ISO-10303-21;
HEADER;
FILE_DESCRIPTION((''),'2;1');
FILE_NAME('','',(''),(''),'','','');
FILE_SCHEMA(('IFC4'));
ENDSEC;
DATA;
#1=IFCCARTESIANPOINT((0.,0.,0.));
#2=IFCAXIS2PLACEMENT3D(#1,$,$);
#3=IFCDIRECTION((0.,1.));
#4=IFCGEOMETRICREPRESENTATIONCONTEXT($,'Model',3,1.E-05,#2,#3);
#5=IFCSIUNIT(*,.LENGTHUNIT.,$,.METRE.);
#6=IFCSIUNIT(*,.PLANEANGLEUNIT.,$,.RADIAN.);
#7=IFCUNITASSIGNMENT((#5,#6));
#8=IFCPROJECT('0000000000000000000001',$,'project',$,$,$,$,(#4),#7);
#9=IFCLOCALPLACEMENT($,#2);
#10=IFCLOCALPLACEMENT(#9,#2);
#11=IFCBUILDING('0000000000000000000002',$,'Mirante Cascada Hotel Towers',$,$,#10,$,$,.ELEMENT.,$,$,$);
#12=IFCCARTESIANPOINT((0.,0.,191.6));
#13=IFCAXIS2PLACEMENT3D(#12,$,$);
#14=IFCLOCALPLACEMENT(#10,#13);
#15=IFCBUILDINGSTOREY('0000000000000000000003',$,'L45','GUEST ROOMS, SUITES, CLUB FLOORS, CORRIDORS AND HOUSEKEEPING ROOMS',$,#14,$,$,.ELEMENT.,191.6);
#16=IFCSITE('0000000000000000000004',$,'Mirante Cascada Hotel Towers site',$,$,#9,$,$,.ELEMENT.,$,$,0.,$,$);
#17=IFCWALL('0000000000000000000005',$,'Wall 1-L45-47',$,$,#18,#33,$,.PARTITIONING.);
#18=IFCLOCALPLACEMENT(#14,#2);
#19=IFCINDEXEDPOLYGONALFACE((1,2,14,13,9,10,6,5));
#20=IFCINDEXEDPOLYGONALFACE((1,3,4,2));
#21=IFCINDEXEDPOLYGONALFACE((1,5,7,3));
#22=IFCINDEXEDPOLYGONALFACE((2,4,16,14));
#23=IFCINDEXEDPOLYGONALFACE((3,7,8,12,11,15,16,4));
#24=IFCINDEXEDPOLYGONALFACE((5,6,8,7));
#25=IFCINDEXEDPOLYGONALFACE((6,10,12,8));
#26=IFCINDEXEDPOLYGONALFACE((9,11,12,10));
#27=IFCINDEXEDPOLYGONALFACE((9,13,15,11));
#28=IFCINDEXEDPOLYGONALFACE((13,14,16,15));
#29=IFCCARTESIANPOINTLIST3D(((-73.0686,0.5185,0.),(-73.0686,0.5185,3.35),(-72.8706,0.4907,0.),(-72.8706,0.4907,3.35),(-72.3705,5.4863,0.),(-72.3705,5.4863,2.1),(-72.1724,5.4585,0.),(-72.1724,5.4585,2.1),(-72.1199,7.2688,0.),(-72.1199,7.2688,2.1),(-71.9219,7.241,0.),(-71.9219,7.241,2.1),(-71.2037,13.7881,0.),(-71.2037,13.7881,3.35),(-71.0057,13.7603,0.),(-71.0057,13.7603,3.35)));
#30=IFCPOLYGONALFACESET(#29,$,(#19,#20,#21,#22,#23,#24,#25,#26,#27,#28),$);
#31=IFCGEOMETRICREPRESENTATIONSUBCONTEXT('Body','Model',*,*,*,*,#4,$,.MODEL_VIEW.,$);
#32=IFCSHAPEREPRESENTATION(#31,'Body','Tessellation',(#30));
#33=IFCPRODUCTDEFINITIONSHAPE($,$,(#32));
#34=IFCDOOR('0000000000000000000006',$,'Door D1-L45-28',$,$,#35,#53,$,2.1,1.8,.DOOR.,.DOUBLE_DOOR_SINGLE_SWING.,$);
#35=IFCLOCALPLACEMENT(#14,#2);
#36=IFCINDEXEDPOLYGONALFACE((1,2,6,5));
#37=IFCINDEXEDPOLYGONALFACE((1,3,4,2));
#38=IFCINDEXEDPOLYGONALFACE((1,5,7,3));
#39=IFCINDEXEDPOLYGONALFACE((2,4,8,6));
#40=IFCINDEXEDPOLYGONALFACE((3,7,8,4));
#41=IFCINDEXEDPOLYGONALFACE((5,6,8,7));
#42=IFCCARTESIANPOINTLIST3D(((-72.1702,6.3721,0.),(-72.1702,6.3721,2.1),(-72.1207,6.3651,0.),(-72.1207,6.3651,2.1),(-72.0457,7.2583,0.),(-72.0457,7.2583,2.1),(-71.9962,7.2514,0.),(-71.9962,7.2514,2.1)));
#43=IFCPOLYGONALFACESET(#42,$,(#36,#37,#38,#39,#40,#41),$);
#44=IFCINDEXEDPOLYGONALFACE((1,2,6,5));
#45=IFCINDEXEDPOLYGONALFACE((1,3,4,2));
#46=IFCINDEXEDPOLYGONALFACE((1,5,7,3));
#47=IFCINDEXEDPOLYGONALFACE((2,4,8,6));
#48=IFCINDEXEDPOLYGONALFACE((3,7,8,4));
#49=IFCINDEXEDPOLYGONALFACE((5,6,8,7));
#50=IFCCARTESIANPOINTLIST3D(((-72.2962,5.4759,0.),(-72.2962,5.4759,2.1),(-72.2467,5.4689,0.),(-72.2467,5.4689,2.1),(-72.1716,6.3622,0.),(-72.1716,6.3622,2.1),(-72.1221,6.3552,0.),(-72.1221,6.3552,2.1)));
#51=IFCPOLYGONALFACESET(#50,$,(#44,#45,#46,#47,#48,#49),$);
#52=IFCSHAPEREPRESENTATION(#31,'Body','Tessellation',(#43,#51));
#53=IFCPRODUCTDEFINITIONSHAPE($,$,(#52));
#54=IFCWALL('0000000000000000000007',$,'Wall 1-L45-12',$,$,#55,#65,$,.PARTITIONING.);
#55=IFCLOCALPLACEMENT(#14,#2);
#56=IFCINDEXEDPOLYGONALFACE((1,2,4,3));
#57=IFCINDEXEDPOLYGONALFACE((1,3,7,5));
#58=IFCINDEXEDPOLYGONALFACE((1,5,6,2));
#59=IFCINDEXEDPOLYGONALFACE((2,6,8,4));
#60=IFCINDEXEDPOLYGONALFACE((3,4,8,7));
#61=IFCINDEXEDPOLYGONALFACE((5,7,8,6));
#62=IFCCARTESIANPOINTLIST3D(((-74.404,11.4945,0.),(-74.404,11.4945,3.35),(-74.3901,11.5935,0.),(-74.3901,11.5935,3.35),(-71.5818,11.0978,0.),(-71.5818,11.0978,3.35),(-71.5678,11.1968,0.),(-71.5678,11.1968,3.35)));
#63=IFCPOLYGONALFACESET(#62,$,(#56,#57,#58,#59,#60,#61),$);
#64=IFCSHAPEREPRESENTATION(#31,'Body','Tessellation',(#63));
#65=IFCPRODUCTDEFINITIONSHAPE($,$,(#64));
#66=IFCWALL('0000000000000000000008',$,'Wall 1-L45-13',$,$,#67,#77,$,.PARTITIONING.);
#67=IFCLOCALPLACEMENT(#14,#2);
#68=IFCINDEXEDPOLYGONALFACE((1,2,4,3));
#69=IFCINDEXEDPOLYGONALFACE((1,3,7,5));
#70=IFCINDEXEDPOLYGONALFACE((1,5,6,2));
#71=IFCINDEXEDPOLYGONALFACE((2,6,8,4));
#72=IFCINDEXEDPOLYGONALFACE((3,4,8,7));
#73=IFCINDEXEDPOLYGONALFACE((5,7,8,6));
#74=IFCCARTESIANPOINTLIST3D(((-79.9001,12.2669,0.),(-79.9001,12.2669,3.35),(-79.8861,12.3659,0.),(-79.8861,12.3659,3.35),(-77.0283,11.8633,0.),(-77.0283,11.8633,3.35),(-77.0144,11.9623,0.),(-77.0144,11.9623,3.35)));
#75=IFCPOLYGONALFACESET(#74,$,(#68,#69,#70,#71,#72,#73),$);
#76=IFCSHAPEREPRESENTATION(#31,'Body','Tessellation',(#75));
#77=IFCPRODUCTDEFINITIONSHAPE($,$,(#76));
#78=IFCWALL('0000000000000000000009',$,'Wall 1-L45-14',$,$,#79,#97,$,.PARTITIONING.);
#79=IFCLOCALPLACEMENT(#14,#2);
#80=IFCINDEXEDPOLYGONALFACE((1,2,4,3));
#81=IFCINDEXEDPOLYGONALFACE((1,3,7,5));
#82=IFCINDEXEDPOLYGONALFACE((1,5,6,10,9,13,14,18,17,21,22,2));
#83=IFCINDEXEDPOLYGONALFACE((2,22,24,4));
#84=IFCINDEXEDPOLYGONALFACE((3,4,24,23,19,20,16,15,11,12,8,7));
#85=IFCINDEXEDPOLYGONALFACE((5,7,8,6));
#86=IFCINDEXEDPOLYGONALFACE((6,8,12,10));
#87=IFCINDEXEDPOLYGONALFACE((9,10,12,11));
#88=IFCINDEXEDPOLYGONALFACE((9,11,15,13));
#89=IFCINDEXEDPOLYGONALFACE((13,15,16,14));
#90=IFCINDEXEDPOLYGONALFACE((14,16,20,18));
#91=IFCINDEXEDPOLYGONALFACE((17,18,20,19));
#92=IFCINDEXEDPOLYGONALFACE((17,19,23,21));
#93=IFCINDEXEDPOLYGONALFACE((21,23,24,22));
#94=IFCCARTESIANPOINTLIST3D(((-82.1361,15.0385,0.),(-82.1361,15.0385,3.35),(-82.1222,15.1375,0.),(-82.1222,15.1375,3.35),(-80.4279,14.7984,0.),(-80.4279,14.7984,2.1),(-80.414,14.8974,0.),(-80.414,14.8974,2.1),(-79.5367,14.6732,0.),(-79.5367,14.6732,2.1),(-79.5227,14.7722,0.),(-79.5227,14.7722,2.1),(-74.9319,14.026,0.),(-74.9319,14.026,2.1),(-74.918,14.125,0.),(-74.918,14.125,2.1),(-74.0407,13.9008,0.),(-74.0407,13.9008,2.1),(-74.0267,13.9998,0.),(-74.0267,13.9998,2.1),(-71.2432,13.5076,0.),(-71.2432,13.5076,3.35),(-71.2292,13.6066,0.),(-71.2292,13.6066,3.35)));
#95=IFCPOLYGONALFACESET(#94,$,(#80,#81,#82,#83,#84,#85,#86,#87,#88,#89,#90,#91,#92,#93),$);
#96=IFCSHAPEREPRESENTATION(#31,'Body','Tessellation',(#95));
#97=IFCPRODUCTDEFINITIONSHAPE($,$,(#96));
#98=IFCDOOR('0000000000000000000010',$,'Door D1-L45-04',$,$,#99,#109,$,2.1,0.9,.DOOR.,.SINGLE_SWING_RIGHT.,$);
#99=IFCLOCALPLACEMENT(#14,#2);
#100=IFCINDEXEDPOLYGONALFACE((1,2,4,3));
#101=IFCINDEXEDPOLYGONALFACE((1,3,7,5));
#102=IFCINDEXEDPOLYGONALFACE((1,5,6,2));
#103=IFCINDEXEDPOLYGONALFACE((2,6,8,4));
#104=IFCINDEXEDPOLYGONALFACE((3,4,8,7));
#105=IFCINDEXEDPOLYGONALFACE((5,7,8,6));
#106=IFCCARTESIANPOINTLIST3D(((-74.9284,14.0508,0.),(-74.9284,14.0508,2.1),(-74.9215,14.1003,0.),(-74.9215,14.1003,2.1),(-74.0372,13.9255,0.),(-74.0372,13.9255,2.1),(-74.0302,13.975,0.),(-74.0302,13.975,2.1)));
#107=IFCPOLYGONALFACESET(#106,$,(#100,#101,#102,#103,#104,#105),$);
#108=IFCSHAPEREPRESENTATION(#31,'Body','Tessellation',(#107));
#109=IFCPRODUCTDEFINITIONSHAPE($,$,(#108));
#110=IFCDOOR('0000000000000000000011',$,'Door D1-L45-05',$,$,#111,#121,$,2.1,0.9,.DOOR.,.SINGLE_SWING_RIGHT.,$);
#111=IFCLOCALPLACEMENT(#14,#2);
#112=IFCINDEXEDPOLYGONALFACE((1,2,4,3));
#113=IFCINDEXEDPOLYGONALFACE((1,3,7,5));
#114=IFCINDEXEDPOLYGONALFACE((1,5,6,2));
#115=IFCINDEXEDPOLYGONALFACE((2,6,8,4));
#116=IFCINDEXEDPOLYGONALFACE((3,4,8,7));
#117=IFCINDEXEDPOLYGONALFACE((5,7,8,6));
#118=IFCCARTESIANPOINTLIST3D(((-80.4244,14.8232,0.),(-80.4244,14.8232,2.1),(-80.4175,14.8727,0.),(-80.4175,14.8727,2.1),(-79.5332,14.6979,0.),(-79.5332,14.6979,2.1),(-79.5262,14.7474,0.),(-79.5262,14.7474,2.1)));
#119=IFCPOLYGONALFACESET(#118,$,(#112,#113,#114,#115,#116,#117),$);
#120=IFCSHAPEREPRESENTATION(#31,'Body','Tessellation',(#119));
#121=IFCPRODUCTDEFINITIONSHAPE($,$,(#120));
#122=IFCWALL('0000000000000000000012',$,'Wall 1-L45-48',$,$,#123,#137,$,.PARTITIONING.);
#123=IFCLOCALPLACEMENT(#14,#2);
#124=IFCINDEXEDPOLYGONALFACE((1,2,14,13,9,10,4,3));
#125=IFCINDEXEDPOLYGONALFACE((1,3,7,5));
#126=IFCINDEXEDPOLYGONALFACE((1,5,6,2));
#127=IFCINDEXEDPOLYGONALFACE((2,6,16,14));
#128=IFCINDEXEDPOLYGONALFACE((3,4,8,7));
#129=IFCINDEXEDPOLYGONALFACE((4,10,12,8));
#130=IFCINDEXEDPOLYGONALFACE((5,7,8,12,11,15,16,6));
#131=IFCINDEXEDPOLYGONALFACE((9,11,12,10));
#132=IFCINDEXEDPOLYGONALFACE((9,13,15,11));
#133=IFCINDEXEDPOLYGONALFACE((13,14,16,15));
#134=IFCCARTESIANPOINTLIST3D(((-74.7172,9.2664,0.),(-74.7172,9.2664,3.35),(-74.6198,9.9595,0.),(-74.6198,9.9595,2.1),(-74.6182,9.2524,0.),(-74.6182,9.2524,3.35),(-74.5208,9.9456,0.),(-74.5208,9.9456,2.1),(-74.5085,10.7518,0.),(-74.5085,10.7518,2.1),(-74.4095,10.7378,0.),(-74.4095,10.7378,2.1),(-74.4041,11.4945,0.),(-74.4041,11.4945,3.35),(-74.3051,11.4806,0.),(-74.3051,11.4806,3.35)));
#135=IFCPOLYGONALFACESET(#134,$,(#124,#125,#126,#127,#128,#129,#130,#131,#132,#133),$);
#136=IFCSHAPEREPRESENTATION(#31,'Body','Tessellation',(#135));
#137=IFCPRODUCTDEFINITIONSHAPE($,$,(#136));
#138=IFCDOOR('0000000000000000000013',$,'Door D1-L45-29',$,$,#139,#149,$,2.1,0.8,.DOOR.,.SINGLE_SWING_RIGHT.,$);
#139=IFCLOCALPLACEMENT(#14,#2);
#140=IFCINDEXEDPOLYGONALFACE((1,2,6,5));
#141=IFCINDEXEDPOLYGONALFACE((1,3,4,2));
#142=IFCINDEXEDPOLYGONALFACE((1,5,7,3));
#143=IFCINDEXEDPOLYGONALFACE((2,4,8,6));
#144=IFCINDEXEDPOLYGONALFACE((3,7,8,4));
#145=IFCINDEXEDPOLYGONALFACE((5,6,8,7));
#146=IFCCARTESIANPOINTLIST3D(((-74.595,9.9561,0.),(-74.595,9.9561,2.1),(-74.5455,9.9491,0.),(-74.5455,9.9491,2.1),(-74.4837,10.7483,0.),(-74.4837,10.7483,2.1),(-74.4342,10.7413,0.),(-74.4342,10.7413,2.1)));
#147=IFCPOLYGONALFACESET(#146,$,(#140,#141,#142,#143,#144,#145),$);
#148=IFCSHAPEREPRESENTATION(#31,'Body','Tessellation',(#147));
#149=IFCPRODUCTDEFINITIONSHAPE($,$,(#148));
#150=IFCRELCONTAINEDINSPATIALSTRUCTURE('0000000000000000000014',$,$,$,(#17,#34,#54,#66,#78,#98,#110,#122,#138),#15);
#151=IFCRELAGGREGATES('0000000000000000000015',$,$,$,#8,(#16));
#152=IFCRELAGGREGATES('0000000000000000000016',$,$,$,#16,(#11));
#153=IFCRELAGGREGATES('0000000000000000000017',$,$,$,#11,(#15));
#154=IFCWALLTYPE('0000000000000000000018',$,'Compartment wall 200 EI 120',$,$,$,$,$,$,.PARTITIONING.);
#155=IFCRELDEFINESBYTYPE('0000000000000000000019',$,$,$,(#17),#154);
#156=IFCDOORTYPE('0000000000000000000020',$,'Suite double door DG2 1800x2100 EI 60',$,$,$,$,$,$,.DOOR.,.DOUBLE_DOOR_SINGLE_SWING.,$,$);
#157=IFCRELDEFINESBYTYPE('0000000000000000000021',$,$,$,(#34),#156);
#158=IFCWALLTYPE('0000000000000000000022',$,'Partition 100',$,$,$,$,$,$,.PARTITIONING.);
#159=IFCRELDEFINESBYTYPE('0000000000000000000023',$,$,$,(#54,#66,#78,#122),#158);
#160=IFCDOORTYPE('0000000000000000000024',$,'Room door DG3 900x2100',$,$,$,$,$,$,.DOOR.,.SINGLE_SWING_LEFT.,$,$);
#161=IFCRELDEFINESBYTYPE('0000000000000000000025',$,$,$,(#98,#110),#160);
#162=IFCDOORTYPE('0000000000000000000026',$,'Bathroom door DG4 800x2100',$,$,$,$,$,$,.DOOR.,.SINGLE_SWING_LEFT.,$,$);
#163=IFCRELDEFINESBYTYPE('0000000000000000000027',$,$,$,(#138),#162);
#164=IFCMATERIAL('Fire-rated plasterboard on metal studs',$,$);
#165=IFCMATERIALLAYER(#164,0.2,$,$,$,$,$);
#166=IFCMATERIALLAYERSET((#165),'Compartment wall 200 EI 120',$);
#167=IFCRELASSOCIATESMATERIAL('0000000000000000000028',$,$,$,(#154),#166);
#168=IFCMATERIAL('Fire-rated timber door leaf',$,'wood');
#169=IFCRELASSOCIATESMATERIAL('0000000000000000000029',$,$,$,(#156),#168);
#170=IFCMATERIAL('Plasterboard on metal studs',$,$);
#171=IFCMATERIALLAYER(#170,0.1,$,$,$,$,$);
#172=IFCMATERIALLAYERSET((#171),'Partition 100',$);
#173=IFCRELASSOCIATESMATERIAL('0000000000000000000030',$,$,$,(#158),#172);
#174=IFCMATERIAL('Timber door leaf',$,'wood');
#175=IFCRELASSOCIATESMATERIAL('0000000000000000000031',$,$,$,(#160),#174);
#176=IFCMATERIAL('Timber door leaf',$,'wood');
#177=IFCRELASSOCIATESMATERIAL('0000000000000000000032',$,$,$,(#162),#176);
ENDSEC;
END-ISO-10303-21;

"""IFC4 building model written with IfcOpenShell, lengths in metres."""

from ifc_helpers import new_model, si_unit, direction, frame, frame_2d, origin, place, context, subcontext, project, spatial, rectangle, extrude, material, layer, layer_set, type_object, element, fill, save


model = new_model("IFC4")

# Units and contexts
model_context = context("Model", 3, precision=1e-05, world=origin(), true_north=direction((0.0, 1.0)))
body_context = subcontext(model_context, "Body", "Model", "MODEL_VIEW")
ifc_project = project(units=[si_unit("LENGTHUNIT", "METRE"), si_unit("PLANEANGLEUNIT", "RADIAN")], contexts=[model_context])

# Site, building, storey
site_placement = place(None, origin())
site = spatial("IfcSite", under=ifc_project, at=site_placement, Name="Mirante Cascada Hotel Towers site", CompositionType="ELEMENT", RefElevation=0.0)
building_placement = place(site_placement, origin())
building = spatial("IfcBuilding", under=site, at=building_placement, Name="Mirante Cascada Hotel Towers", CompositionType="ELEMENT")
storey_placement = place(building_placement, frame((0.0, 0.0, 191.6)))
storey = spatial("IfcBuildingStorey", under=building, at=storey_placement, Name="L45", Description="GUEST ROOMS, SUITES, CLUB FLOORS, CORRIDORS AND HOUSEKEEPING ROOMS", CompositionType="ELEMENT", Elevation=191.6)

# Shared definitions
ifc_material_1 = material(Name="Fire-rated plasterboard on metal studs")
ifc_layer_1 = layer(ifc_material_1, 0.2)
ifc_layer_set_1 = layer_set([ifc_layer_1], Name="Compartment wall 200 EI 120")
wall_type_1 = type_object("IfcWallType", Name="Compartment wall 200 EI 120", PredefinedType="PARTITIONING", material=ifc_layer_set_1)

# Wall, opening, door
wall_1_placement = place(storey_placement, frame((-71.1047, 13.7742, 0.0), z_axis=(0.0, 0.0, 1.0), x_axis=(-0.139172, -0.990268, 0.0)))
wall_1 = element("IfcWall", 1, at=wall_1_placement, inside=storey, type_object=wall_type_1, Name="Wall 1-L45-47", PredefinedType="PARTITIONING", context=body_context, shape_type="SweptSolid", body=[
    extrude(rectangle(XDim=13.4, YDim=0.2, at=frame_2d((6.7, 0.0))), origin(), (0.0, 0.0, 1.0), 3.35),
])
opening_1_placement = place(wall_1_placement, frame((6.5834, 0.0, 0.0)))
opening_1 = element("IfcOpeningElement", 2, at=opening_1_placement, cuts=wall_1, PredefinedType="OPENING", context=body_context, shape_type="SweptSolid", body=[
    extrude(rectangle(XDim=1.8, YDim=2.1, at=frame_2d((0.9, 1.05))), frame((0.0, 0.1, 0.0), z_axis=(0.0, -1.0, 0.0), x_axis=(1.0, 0.0, 0.0)), (0.0, 0.0, 1.0), 0.2),
])
ifc_material_2 = material(Name="Fire-rated timber door leaf", Category="wood")
door_type_1 = type_object("IfcDoorType", Name="Suite double door DG2 1800x2100 EI 60", OperationType="DOUBLE_DOOR_SINGLE_SWING", PredefinedType="DOOR", material=ifc_material_2)
door_1_placement = place(opening_1_placement, origin())
door_1 = element("IfcDoor", 3, at=door_1_placement, inside=storey, type_object=door_type_1, Name="Door D1-L45-28", OperationType="DOUBLE_DOOR_SINGLE_SWING", OverallHeight=2.1, OverallWidth=1.8, PredefinedType="DOOR", context=body_context, shape_type="SweptSolid", body=[
    extrude(rectangle(XDim=0.895, YDim=2.1, at=frame_2d((0.4475, 1.05))), frame((0.0, 0.025, 0.0), z_axis=(0.0, -1.0, 0.0), x_axis=(1.0, 0.0, 0.0)), (0.0, 0.0, 1.0), 0.05),
    extrude(rectangle(XDim=0.895, YDim=2.1, at=frame_2d((1.3525, 1.05))), frame((0.0, 0.025, 0.0), z_axis=(0.0, -1.0, 0.0), x_axis=(1.0, 0.0, 0.0)), (0.0, 0.0, 1.0), 0.05),
])
fill(opening_1, door_1)

# Walls
ifc_material_3 = material(Name="Plasterboard on metal studs")
ifc_layer_2 = layer(ifc_material_3, 0.1)
ifc_layer_set_2 = layer_set([ifc_layer_2], Name="Partition 100")
wall_type_2 = type_object("IfcWallType", Name="Partition 100", PredefinedType="PARTITIONING", material=ifc_layer_set_2)
wall_2_placement = place(storey_placement, frame((-71.5748, 11.1473, 0.0), z_axis=(0.0, 0.0, 1.0), x_axis=(-0.990266, 0.139191, 0.0)))
element("IfcWall", 4, at=wall_2_placement, inside=storey, type_object=wall_type_2, Name="Wall 1-L45-12", PredefinedType="PARTITIONING", context=body_context, shape_type="SweptSolid", body=[
    extrude(rectangle(XDim=2.85, YDim=0.1, at=frame_2d((1.425, 0.0))), origin(), (0.0, 0.0, 1.0), 3.35),
])
wall_3_placement = place(storey_placement, frame((-79.8931, 12.3164, 0.0), z_axis=(0.0, 0.0, 1.0), x_axis=(0.990268, -0.139171, 0.0)))
element("IfcWall", 5, at=wall_3_placement, inside=storey, type_object=wall_type_2, Name="Wall 1-L45-13", PredefinedType="PARTITIONING", context=body_context, shape_type="SweptSolid", body=[
    extrude(rectangle(XDim=2.9, YDim=0.1, at=frame_2d((1.45, 0.0))), origin(), (0.0, 0.0, 1.0), 3.35),
])

# Wall, openings, doors
wall_4_placement = place(storey_placement, frame((-71.2362, 13.5571, 0.0), z_axis=(0.0, 0.0, 1.0), x_axis=(-0.990268, 0.139173, 0.0)))
wall_4 = element("IfcWall", 6, at=wall_4_placement, inside=storey, type_object=wall_type_2, Name="Wall 1-L45-14", PredefinedType="PARTITIONING", context=body_context, shape_type="SweptSolid", body=[
    extrude(rectangle(XDim=11.0, YDim=0.1, at=frame_2d((5.5, 0.0))), origin(), (0.0, 0.0, 1.0), 3.35),
])
opening_2_placement = place(wall_4_placement, frame((2.825, 0.0, 0.0)))
opening_2 = element("IfcOpeningElement", 7, at=opening_2_placement, cuts=wall_4, PredefinedType="OPENING", context=body_context, shape_type="SweptSolid", body=[
    extrude(rectangle(XDim=0.9, YDim=2.1, at=frame_2d((0.45, 1.05))), frame((0.0, 0.05, 0.0), z_axis=(0.0, -1.0, 0.0), x_axis=(1.0, 0.0, 0.0)), (0.0, 0.0, 1.0), 0.1),
])
opening_3_placement = place(wall_4_placement, frame((8.375, 0.0, 0.0)))
opening_3 = element("IfcOpeningElement", 8, at=opening_3_placement, cuts=wall_4, PredefinedType="OPENING", context=body_context, shape_type="SweptSolid", body=[
    extrude(rectangle(XDim=0.9, YDim=2.1, at=frame_2d((0.45, 1.05))), frame((0.0, 0.05, 0.0), z_axis=(0.0, -1.0, 0.0), x_axis=(1.0, 0.0, 0.0)), (0.0, 0.0, 1.0), 0.1),
])
ifc_material_4 = material(Name="Timber door leaf", Category="wood")
door_type_2 = type_object("IfcDoorType", Name="Room door DG3 900x2100", OperationType="SINGLE_SWING_LEFT", PredefinedType="DOOR", material=ifc_material_4)
door_2_placement = place(opening_2_placement, frame((0.9, 0.0, 0.0), z_axis=(0.0, 0.0, 1.0), x_axis=(-1.0, 0.0, 0.0)))
door_2 = element("IfcDoor", 9, at=door_2_placement, inside=storey, type_object=door_type_2, Name="Door D1-L45-04", OperationType="SINGLE_SWING_RIGHT", OverallHeight=2.1, OverallWidth=0.9, PredefinedType="DOOR", context=body_context, shape_type="SweptSolid", body=[
    extrude(rectangle(XDim=0.9, YDim=2.1, at=frame_2d((0.45, 1.05))), frame((0.0, 0.025, 0.0), z_axis=(0.0, -1.0, 0.0), x_axis=(1.0, 0.0, 0.0)), (0.0, 0.0, 1.0), 0.05),
])
fill(opening_2, door_2)
door_3_placement = place(opening_3_placement, frame((0.9, 0.0, 0.0), z_axis=(0.0, 0.0, 1.0), x_axis=(-1.0, 0.0, 0.0)))
door_3 = element("IfcDoor", 10, at=door_3_placement, inside=storey, type_object=door_type_2, Name="Door D1-L45-05", OperationType="SINGLE_SWING_RIGHT", OverallHeight=2.1, OverallWidth=0.9, PredefinedType="DOOR", context=body_context, shape_type="SweptSolid", body=[
    extrude(rectangle(XDim=0.9, YDim=2.1, at=frame_2d((0.45, 1.05))), frame((0.0, 0.025, 0.0), z_axis=(0.0, -1.0, 0.0), x_axis=(1.0, 0.0, 0.0)), (0.0, 0.0, 1.0), 0.05),
])
fill(opening_3, door_3)

# Wall, opening, door
wall_5_placement = place(storey_placement, frame((-74.6677, 9.2594, 0.0), z_axis=(0.0, 0.0, 1.0), x_axis=(0.139156, 0.990271, 0.0)))
wall_5 = element("IfcWall", 11, at=wall_5_placement, inside=storey, type_object=wall_type_2, Name="Wall 1-L45-48", PredefinedType="PARTITIONING", context=body_context, shape_type="SweptSolid", body=[
    extrude(rectangle(XDim=2.25, YDim=0.1, at=frame_2d((1.125, 0.0))), origin(), (0.0, 0.0, 1.0), 3.35),
])
opening_4_placement = place(wall_5_placement, frame((0.7, 0.0, 0.0)))
opening_4 = element("IfcOpeningElement", 12, at=opening_4_placement, cuts=wall_5, PredefinedType="OPENING", context=body_context, shape_type="SweptSolid", body=[
    extrude(rectangle(XDim=0.8, YDim=2.1, at=frame_2d((0.4, 1.05))), frame((0.0, 0.05, 0.0), z_axis=(0.0, -1.0, 0.0), x_axis=(1.0, 0.0, 0.0)), (0.0, 0.0, 1.0), 0.1),
])
ifc_material_5 = material(Name="Timber door leaf", Category="wood")
door_type_3 = type_object("IfcDoorType", Name="Bathroom door DG4 800x2100", OperationType="SINGLE_SWING_LEFT", PredefinedType="DOOR", material=ifc_material_5)
door_4_placement = place(opening_4_placement, frame((0.8, 0.0, 0.0), z_axis=(0.0, 0.0, 1.0), x_axis=(-1.0, 0.0, 0.0)))
door_4 = element("IfcDoor", 13, at=door_4_placement, inside=storey, type_object=door_type_3, Name="Door D1-L45-29", OperationType="SINGLE_SWING_RIGHT", OverallHeight=2.1, OverallWidth=0.8, PredefinedType="DOOR", context=body_context, shape_type="SweptSolid", body=[
    extrude(rectangle(XDim=0.8, YDim=2.1, at=frame_2d((0.4, 1.05))), frame((0.0, 0.025, 0.0), z_axis=(0.0, -1.0, 0.0), x_axis=(1.0, 0.0, 0.0)), (0.0, 0.0, 1.0), 0.05),
])
fill(opening_4, door_4)

save(model, "model.ifc")
